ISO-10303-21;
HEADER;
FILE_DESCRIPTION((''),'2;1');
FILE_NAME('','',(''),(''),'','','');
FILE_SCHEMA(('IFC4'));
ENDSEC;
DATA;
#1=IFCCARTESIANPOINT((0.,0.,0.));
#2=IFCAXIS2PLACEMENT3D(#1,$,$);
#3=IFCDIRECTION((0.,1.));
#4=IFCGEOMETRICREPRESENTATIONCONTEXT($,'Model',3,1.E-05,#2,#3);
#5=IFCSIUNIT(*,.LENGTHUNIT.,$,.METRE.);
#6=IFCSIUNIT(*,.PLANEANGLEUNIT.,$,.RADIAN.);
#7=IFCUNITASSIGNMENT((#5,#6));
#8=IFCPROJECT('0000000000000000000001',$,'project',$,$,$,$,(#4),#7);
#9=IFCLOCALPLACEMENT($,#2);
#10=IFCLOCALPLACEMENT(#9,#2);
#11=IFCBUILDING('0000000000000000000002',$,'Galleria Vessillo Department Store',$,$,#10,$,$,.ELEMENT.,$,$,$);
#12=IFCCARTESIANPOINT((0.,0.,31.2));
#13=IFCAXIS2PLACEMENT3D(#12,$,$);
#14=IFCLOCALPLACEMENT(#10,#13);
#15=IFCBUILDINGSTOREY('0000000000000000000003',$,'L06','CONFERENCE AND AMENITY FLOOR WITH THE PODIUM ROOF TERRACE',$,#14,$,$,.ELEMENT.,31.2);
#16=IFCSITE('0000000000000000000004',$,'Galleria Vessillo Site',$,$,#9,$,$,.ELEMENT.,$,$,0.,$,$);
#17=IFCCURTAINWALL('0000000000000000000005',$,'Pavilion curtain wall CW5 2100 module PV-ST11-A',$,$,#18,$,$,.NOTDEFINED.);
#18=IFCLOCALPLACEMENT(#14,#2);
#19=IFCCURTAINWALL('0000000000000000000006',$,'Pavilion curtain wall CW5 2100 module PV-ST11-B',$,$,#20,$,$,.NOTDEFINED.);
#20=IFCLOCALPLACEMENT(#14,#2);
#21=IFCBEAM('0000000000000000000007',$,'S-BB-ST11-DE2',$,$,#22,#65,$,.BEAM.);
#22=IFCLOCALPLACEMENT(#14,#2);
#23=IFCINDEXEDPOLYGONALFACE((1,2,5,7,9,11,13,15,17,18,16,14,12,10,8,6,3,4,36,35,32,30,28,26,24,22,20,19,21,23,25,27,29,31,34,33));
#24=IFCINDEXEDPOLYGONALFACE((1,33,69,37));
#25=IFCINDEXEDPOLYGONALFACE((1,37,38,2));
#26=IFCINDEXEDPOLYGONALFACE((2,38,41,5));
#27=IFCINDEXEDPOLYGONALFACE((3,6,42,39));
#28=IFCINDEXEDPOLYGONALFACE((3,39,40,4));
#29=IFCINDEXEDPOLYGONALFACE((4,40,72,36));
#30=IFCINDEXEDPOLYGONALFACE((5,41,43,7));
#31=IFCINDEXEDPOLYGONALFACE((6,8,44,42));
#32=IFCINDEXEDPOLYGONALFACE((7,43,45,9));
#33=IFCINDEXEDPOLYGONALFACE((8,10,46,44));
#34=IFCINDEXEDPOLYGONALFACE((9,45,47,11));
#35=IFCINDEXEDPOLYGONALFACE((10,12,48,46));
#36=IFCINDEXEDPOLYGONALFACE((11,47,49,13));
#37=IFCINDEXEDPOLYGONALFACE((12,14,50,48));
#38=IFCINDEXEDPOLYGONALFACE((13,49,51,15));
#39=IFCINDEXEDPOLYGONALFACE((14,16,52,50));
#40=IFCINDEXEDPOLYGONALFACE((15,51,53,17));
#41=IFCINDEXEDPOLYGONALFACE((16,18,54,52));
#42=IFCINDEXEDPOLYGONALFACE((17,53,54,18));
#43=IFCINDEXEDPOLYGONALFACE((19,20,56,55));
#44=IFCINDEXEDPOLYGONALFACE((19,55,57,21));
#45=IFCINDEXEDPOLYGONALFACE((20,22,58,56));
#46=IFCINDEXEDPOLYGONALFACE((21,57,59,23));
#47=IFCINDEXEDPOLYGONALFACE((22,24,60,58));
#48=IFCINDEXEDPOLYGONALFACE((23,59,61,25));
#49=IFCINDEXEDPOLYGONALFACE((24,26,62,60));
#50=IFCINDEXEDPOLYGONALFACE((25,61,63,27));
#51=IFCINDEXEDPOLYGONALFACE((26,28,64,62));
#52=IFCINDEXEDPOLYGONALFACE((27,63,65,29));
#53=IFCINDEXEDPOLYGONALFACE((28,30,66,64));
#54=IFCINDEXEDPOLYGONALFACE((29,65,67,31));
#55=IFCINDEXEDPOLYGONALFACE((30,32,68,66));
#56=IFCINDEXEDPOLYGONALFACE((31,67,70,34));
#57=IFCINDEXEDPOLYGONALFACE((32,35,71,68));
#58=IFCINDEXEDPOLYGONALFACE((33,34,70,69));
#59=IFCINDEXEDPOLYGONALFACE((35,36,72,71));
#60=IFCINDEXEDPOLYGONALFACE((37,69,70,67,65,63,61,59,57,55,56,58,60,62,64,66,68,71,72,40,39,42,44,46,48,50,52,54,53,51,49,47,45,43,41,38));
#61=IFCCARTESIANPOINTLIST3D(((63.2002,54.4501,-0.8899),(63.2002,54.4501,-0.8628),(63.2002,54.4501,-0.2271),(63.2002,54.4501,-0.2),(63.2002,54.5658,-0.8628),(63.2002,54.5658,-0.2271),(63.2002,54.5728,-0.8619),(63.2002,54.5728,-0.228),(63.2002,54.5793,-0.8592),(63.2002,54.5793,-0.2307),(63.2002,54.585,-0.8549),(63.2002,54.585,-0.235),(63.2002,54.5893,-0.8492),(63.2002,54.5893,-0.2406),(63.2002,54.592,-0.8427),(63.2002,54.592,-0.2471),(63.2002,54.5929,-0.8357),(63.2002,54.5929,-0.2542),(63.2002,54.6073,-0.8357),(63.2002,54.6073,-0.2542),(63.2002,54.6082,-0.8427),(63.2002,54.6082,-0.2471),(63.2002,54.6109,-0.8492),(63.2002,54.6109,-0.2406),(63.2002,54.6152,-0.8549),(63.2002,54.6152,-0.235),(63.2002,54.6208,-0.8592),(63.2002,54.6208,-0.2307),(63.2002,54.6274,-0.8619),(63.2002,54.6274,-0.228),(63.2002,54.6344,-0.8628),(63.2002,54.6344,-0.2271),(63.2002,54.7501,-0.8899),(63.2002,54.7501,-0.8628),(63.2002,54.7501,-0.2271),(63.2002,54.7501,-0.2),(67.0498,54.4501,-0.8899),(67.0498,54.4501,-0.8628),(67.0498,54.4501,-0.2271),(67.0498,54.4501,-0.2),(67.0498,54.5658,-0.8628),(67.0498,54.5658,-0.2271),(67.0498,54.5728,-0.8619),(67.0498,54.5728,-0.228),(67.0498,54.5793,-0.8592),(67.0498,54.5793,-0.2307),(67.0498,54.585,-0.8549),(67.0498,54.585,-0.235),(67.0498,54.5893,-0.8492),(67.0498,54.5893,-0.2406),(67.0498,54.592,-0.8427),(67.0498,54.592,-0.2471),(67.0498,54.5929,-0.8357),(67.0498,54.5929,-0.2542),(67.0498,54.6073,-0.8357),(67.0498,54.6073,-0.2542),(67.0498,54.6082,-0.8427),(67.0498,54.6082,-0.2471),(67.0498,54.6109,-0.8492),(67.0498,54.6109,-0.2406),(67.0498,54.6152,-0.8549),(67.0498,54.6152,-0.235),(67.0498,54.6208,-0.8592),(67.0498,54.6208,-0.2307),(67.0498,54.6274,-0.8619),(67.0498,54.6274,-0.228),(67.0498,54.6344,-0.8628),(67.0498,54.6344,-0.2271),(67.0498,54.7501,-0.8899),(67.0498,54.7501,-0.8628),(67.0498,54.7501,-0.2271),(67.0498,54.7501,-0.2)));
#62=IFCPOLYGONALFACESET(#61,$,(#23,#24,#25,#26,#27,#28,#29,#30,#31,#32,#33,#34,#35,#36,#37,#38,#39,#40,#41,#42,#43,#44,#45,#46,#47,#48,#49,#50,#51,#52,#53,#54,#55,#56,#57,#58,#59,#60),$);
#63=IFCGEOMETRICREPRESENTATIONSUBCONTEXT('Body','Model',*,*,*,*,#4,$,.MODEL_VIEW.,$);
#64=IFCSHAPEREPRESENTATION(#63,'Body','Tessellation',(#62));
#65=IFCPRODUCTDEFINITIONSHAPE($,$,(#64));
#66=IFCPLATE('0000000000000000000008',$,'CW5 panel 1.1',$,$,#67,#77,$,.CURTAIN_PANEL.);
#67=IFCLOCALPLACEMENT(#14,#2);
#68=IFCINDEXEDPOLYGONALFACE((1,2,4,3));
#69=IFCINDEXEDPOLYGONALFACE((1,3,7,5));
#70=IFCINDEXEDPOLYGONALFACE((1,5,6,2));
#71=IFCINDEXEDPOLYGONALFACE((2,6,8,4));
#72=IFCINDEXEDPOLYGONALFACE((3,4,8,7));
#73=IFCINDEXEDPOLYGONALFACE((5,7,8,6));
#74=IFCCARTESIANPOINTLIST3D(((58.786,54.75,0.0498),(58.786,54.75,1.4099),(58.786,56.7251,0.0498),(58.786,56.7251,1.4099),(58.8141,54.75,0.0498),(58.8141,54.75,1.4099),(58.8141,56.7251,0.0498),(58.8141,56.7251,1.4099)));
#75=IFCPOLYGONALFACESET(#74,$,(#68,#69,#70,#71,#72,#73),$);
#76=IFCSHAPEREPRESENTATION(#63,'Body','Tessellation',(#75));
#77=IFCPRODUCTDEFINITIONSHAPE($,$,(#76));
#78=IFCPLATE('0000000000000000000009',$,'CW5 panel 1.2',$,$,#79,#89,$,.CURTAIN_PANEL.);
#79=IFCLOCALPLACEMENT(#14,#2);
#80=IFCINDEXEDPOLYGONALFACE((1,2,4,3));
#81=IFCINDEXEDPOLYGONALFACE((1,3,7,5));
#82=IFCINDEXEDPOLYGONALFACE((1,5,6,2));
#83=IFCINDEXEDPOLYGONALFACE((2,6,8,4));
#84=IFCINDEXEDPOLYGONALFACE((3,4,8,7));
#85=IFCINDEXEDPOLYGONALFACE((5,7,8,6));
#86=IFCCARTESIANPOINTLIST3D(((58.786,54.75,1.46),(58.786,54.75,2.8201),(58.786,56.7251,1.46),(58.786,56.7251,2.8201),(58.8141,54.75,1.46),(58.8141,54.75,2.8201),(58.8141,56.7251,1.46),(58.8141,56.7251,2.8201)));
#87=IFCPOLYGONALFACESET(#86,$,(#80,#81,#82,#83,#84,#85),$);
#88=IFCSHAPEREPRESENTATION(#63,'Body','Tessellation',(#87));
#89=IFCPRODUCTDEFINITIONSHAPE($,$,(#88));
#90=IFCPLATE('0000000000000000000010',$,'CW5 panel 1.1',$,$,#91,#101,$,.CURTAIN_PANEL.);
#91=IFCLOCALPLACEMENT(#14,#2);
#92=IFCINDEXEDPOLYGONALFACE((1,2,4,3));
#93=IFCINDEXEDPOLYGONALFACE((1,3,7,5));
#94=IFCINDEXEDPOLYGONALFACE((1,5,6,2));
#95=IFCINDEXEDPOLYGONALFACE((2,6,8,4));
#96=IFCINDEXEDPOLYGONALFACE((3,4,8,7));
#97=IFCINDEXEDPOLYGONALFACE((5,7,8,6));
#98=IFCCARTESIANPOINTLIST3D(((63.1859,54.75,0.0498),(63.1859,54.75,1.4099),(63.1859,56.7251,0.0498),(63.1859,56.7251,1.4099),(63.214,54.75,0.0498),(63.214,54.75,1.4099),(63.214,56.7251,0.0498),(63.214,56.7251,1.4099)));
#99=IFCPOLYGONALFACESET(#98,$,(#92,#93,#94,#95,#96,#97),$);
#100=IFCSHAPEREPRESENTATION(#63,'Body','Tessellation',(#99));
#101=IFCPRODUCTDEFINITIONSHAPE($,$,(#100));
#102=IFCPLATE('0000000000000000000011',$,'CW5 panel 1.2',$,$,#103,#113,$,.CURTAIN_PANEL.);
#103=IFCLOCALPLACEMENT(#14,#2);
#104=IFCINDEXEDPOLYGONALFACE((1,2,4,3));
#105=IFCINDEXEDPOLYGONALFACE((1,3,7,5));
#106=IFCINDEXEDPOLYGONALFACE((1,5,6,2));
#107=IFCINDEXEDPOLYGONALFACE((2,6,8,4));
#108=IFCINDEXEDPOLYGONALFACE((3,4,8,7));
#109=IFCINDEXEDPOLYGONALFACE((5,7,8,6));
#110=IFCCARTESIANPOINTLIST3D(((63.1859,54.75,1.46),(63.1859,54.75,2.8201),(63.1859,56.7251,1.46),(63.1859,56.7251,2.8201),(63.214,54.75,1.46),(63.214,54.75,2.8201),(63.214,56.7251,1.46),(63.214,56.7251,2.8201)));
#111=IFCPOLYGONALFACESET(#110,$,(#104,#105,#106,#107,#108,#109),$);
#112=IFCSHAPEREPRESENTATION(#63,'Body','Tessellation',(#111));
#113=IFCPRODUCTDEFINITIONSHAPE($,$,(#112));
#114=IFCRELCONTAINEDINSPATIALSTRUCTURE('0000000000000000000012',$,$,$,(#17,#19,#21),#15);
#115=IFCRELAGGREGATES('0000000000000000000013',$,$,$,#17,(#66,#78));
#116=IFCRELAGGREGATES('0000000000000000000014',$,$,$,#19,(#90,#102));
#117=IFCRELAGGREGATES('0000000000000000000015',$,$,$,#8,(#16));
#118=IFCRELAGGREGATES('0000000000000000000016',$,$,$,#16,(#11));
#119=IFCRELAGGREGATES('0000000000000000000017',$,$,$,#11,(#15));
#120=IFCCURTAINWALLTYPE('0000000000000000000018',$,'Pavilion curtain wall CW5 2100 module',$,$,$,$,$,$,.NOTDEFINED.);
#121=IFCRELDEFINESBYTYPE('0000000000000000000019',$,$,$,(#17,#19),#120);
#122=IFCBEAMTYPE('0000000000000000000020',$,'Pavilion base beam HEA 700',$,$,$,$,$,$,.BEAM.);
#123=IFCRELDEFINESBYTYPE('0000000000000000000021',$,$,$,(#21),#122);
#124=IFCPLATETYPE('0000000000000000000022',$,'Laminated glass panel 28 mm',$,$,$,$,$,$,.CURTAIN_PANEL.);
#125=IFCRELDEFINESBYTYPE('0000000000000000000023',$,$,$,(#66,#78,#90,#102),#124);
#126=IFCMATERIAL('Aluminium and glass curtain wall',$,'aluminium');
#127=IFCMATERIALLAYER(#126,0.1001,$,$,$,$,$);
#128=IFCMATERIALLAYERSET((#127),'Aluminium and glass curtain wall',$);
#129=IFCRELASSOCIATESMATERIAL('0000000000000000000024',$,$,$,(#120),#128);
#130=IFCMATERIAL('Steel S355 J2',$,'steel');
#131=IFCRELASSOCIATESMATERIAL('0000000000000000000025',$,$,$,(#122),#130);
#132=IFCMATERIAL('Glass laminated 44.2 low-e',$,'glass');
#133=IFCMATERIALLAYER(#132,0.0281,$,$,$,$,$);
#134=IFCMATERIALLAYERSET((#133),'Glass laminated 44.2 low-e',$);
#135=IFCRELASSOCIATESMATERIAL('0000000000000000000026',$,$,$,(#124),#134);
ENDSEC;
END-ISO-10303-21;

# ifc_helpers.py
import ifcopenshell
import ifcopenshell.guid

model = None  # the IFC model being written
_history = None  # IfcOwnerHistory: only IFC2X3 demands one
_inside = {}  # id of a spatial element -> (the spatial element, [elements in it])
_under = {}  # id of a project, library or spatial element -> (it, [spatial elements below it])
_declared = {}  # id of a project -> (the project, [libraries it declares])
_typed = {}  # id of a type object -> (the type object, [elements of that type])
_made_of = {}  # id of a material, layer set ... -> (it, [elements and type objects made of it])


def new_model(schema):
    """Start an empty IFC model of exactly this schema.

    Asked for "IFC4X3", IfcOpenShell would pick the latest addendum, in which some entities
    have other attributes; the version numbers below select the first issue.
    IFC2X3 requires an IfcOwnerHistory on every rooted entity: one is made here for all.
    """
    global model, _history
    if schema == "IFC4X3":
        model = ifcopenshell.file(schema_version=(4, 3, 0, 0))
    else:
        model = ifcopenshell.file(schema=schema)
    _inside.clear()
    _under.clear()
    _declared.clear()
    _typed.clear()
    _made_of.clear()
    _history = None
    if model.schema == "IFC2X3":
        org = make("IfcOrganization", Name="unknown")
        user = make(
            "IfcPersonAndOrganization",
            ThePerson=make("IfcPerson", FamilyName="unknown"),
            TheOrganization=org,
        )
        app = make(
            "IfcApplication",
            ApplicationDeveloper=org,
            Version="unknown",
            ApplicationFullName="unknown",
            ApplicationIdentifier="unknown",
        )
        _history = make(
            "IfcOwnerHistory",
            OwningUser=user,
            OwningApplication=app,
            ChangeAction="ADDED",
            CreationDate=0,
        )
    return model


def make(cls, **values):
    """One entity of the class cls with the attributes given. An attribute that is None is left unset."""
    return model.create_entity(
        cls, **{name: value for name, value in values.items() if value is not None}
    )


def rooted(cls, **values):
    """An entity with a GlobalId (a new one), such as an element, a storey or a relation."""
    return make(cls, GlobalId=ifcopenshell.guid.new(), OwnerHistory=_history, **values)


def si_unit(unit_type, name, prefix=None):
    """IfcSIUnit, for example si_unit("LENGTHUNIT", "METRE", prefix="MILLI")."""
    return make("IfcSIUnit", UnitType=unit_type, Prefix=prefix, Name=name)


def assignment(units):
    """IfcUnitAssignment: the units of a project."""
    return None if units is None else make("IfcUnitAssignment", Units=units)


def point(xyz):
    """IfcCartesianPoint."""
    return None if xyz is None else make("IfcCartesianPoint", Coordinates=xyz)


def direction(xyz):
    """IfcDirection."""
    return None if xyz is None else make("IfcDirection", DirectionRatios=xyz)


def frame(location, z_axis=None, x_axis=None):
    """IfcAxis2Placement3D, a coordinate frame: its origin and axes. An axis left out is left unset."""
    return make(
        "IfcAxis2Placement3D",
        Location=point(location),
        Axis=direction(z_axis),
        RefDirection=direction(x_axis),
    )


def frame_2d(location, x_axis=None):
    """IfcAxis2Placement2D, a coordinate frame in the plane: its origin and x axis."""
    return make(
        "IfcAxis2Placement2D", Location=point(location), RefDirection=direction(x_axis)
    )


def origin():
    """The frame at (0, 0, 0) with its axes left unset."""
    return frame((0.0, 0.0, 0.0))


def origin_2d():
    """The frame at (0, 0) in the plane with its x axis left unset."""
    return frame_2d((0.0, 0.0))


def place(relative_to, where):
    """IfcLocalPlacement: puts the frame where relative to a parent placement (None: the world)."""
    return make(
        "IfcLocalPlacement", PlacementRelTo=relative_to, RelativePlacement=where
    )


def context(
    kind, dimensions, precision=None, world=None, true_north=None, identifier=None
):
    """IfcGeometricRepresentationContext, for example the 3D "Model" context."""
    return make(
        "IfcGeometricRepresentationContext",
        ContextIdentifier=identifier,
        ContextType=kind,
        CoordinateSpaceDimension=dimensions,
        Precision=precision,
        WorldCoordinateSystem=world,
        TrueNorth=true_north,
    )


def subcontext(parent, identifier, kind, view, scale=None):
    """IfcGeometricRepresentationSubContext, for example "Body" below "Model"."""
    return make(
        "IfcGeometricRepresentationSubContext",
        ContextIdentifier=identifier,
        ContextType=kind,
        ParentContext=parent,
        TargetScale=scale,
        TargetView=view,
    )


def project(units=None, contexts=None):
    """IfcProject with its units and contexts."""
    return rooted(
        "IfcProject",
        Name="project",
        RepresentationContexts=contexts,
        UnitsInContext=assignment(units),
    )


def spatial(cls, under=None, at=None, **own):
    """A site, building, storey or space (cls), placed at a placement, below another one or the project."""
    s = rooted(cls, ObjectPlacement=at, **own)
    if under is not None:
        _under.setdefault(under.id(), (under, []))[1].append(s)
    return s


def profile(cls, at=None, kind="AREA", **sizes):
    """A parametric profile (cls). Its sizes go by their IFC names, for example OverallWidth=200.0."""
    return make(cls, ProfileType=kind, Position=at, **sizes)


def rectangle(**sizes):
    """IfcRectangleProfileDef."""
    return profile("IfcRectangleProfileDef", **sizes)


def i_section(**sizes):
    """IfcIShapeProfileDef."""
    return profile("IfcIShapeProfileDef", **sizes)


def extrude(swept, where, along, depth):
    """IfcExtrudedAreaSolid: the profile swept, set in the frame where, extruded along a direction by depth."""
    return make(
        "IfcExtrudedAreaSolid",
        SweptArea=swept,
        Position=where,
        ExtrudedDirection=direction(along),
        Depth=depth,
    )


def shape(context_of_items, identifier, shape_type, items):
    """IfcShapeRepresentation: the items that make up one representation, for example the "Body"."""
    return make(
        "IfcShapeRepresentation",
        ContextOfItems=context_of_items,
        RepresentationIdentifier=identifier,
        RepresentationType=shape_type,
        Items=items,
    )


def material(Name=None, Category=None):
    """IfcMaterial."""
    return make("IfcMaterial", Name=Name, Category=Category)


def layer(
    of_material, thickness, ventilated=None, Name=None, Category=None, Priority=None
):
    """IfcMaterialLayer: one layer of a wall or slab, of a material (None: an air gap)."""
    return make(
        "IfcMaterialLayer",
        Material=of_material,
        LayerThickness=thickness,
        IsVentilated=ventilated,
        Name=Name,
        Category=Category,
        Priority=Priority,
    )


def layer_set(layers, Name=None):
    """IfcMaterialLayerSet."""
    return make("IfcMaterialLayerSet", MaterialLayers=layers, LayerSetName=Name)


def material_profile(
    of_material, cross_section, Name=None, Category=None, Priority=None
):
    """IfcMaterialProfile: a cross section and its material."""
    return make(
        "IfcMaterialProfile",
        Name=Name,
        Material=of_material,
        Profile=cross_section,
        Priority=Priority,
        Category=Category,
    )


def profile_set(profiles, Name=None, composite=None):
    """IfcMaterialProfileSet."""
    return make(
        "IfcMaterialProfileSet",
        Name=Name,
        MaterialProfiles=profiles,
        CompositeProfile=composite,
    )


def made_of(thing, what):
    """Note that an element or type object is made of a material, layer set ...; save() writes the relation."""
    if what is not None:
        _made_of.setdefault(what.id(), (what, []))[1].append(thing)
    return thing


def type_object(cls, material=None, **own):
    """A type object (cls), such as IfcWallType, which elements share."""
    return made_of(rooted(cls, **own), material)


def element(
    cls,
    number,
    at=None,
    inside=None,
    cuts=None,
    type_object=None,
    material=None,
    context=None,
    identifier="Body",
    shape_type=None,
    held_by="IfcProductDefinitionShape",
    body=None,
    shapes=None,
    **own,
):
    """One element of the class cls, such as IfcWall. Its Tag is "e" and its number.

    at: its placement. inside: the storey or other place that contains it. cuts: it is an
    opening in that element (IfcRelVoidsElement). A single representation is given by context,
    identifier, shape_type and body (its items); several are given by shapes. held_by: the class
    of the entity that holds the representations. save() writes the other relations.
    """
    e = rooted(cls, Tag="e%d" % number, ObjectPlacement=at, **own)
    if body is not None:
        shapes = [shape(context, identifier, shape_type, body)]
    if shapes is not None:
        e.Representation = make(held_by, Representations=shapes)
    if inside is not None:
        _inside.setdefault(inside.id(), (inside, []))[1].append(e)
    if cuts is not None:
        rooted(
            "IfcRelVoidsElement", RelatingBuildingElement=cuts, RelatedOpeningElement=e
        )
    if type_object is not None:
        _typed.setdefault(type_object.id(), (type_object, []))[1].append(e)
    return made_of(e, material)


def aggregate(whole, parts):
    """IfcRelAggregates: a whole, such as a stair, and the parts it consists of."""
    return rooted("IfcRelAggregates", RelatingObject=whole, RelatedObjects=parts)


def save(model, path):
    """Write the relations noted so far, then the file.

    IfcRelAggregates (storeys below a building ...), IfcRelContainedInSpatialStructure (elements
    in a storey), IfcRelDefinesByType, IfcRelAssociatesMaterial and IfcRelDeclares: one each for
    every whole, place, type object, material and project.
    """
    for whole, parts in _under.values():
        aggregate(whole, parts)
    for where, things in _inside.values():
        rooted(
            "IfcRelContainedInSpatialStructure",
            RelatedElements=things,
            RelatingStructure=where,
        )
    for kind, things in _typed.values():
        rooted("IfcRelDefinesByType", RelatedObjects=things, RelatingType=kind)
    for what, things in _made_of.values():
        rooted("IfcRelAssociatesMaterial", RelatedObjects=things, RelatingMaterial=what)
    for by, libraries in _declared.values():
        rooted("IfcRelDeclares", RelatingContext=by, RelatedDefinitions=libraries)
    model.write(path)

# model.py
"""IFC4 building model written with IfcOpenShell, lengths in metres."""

from ifc_helpers import new_model, si_unit, direction, frame, origin, origin_2d, place, context, subcontext, project, spatial, rectangle, i_section, extrude, material, layer, layer_set, material_profile, profile_set, type_object, element, aggregate, save


model = new_model("IFC4")

# Units and contexts
model_context = context("Model", 3, precision=1e-05, world=origin(), true_north=direction((0.0, 1.0)))
body_context = subcontext(model_context, "Body", "Model", "MODEL_VIEW")
ifc_project = project(units=[si_unit("LENGTHUNIT", "METRE"), si_unit("PLANEANGLEUNIT", "RADIAN")], contexts=[model_context])

# Site, building, storey
site_placement = place(None, origin())
site = spatial("IfcSite", under=ifc_project, at=site_placement, Name="Galleria Vessillo Site", CompositionType="ELEMENT", RefElevation=0.0)
building_placement = place(site_placement, origin())
building = spatial("IfcBuilding", under=site, at=building_placement, Name="Galleria Vessillo Department Store", CompositionType="ELEMENT")
storey_placement = place(building_placement, frame((0.0, 0.0, 31.2)))
storey = spatial("IfcBuildingStorey", under=building, at=storey_placement, Name="L06", Description="CONFERENCE AND AMENITY FLOOR WITH THE PODIUM ROOF TERRACE", CompositionType="ELEMENT", Elevation=31.2)

# Curtain walls
ifc_material_1 = material(Name="Aluminium and glass curtain wall", Category="aluminium")
ifc_layer_1 = layer(ifc_material_1, 0.1001)
ifc_layer_set_1 = layer_set([ifc_layer_1], Name="Aluminium and glass curtain wall")
curtain_wall_type = type_object("IfcCurtainWallType", Name="Pavilion curtain wall CW5 2100 module", PredefinedType="NOTDEFINED", material=ifc_layer_set_1)
curtain_wall_1_placement = place(storey_placement, origin())
curtain_wall_1 = element("IfcCurtainWall", 1, at=curtain_wall_1_placement, inside=storey, type_object=curtain_wall_type, Name="Pavilion curtain wall CW5 2100 module PV-ST11-A", PredefinedType="NOTDEFINED")
curtain_wall_2_placement = place(storey_placement, origin())
curtain_wall_2 = element("IfcCurtainWall", 2, at=curtain_wall_2_placement, inside=storey, type_object=curtain_wall_type, Name="Pavilion curtain wall CW5 2100 module PV-ST11-B", PredefinedType="NOTDEFINED")

# Beam
ifc_material_2 = material(Name="Steel S355 J2", Category="steel")
ifc_material_profile_1 = material_profile(ifc_material_2, i_section(OverallWidth=0.3, OverallDepth=0.6899, WebThickness=0.0144, FlangeThickness=0.0271, FilletRadius=0.0271, at=origin_2d()), Name="HEA 700")
ifc_profile_set_1 = profile_set([ifc_material_profile_1], Name="Steel S355 J2")
beam_type_1 = type_object("IfcBeamType", Name="Pavilion base beam HEA 700", PredefinedType="BEAM", material=ifc_profile_set_1)
beam_1_placement = place(storey_placement, frame((63.2002, 54.6001, -0.5449), z_axis=(1.0, 0.0, 0.0), x_axis=(0.0, 1.0, 0.0)))
element("IfcBeam", 3, at=beam_1_placement, inside=storey, type_object=beam_type_1, Name="S-BB-ST11-DE2", PredefinedType="BEAM", context=body_context, shape_type="SweptSolid", body=[
    extrude(i_section(OverallWidth=0.3, OverallDepth=0.6899, WebThickness=0.0144, FlangeThickness=0.0271, FilletRadius=0.0271, at=origin_2d()), origin(), (0.0, 0.0, 1.0), 3.8496),
])

# Plates
ifc_material_3 = material(Name="Glass laminated 44.2 low-e", Category="glass")
ifc_layer_2 = layer(ifc_material_3, 0.0281)
ifc_layer_set_2 = layer_set([ifc_layer_2], Name="Glass laminated 44.2 low-e")
plate_type = type_object("IfcPlateType", Name="Laminated glass panel 28 mm", PredefinedType="CURTAIN_PANEL", material=ifc_layer_set_2)
plate_1_placement = place(storey_placement, frame((58.8, 55.7375, 0.0498), z_axis=(0.0, 0.0, 1.0), x_axis=(0.0, 1.0, 0.0)))
plate_1 = element("IfcPlate", 4, at=plate_1_placement, type_object=plate_type, Name="CW5 panel 1.1", PredefinedType="CURTAIN_PANEL", context=body_context, shape_type="SweptSolid", body=[
    extrude(rectangle(XDim=1.9751, YDim=0.0281, at=origin_2d()), origin(), (0.0, 0.0, 1.0), 1.3601),
])
plate_2_placement = place(storey_placement, frame((58.8, 55.7375, 1.46), z_axis=(0.0, 0.0, 1.0), x_axis=(0.0, 1.0, 0.0)))
plate_2 = element("IfcPlate", 5, at=plate_2_placement, type_object=plate_type, Name="CW5 panel 1.2", PredefinedType="CURTAIN_PANEL", context=body_context, shape_type="SweptSolid", body=[
    extrude(rectangle(XDim=1.9751, YDim=0.0281, at=origin_2d()), origin(), (0.0, 0.0, 1.0), 1.3601),
])
aggregate(curtain_wall_1, [plate_1, plate_2])
plate_3_placement = place(storey_placement, frame((63.2, 55.7375, 0.0498), z_axis=(0.0, 0.0, 1.0), x_axis=(0.0, 1.0, 0.0)))
plate_3 = element("IfcPlate", 6, at=plate_3_placement, type_object=plate_type, Name="CW5 panel 1.1", PredefinedType="CURTAIN_PANEL", context=body_context, shape_type="SweptSolid", body=[
    extrude(rectangle(XDim=1.9751, YDim=0.0281, at=origin_2d()), origin(), (0.0, 0.0, 1.0), 1.3601),
])
plate_4_placement = place(storey_placement, frame((63.2, 55.7375, 1.46), z_axis=(0.0, 0.0, 1.0), x_axis=(0.0, 1.0, 0.0)))
plate_4 = element("IfcPlate", 7, at=plate_4_placement, type_object=plate_type, Name="CW5 panel 1.2", PredefinedType="CURTAIN_PANEL", context=body_context, shape_type="SweptSolid", body=[
    extrude(rectangle(XDim=1.9751, YDim=0.0281, at=origin_2d()), origin(), (0.0, 0.0, 1.0), 1.3601),
])
aggregate(curtain_wall_2, [plate_3, plate_4])

save(model, "model.ifc")
